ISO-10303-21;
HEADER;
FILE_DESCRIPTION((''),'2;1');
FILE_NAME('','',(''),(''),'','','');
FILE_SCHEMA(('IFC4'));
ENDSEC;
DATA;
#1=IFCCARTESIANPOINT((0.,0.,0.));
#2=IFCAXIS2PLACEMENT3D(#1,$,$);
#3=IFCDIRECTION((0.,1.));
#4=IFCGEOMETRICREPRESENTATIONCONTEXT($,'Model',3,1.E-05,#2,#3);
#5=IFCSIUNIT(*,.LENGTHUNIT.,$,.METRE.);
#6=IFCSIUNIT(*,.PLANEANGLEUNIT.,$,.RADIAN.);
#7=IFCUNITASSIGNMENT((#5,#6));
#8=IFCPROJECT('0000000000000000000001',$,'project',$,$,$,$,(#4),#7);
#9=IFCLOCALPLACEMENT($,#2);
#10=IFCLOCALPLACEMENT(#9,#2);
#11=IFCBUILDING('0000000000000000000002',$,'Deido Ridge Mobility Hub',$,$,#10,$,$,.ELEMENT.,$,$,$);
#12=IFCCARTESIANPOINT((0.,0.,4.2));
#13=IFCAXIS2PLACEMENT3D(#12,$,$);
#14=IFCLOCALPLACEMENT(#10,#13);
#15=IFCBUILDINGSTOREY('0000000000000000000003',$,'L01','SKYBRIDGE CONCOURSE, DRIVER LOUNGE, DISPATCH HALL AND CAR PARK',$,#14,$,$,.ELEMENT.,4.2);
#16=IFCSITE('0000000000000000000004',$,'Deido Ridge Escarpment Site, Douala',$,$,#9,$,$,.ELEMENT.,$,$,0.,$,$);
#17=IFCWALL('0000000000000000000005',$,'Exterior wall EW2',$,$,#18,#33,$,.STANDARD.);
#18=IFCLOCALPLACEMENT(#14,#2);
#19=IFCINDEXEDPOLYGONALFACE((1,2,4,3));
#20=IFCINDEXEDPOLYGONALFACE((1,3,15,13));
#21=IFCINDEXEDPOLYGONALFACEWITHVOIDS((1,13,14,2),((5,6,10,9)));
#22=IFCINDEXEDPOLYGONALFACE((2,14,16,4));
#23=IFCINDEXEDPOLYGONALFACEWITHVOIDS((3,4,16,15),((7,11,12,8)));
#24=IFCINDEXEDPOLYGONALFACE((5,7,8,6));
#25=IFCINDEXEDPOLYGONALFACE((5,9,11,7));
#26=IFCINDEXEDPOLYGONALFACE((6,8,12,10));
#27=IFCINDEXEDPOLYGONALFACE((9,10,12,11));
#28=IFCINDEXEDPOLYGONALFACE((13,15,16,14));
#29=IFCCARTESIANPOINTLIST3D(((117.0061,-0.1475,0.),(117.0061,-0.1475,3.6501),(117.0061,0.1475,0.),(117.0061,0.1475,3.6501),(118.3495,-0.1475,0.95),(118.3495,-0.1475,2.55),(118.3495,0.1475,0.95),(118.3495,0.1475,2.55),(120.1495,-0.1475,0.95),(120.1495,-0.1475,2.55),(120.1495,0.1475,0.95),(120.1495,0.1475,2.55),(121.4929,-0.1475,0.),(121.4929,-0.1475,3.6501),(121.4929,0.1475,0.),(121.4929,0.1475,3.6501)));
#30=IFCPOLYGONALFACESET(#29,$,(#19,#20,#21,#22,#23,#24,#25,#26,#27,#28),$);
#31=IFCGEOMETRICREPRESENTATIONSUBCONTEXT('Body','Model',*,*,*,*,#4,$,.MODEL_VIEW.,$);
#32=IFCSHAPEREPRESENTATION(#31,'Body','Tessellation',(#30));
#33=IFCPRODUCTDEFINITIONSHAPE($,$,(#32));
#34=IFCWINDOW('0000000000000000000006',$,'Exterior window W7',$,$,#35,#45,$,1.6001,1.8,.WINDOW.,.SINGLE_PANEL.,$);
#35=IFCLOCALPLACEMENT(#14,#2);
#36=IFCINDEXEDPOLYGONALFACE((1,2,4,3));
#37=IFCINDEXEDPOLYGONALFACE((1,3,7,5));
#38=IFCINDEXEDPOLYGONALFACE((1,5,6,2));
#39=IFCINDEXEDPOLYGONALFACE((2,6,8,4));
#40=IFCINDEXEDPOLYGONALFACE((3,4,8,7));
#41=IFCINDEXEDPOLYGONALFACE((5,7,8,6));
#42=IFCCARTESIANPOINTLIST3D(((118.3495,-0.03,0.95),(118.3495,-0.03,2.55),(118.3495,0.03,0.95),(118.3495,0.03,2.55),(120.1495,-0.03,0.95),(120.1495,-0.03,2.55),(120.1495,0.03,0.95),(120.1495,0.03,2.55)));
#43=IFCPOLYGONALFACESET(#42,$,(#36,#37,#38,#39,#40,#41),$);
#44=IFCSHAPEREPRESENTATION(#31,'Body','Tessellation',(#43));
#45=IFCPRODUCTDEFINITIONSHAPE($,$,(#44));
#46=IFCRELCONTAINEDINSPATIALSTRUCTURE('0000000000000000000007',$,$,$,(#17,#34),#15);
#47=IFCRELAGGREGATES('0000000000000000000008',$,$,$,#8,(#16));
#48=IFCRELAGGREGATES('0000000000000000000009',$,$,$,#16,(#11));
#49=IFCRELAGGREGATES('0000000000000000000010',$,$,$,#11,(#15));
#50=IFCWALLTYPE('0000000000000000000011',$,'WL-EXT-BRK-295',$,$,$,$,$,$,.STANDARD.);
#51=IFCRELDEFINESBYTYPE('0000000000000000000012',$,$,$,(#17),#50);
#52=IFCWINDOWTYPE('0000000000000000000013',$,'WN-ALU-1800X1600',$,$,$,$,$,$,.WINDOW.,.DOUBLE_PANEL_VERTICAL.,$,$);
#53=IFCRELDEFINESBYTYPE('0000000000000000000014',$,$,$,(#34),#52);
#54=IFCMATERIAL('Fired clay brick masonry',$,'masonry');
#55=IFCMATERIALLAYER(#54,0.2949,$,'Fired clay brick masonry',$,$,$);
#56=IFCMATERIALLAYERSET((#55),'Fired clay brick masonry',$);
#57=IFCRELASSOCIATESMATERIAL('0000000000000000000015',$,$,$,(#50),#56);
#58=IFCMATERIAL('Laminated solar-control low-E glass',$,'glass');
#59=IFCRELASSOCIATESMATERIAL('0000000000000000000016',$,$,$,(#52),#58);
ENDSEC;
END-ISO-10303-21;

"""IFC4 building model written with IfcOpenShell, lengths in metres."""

from ifc_helpers import new_model, si_unit, direction, frame, frame_2d, origin, place, context, subcontext, project, spatial, rectangle, extrude, material, layer, layer_set, type_object, element, fill, save


model = new_model("IFC4")

# Units and contexts
model_context = context("Model", 3, precision=1e-05, world=origin(), true_north=direction((0.0, 1.0)))
body_context = subcontext(model_context, "Body", "Model", "MODEL_VIEW")
ifc_project = project(units=[si_unit("LENGTHUNIT", "METRE"), si_unit("PLANEANGLEUNIT", "RADIAN")], contexts=[model_context])

# Site, building, storey
site_placement = place(None, origin())
site = spatial("IfcSite", under=ifc_project, at=site_placement, Name="Deido Ridge Escarpment Site, Douala", CompositionType="ELEMENT", RefElevation=0.0)
building_placement = place(site_placement, origin())
building = spatial("IfcBuilding", under=site, at=building_placement, Name="Deido Ridge Mobility Hub", CompositionType="ELEMENT")
storey_placement = place(building_placement, frame((0.0, 0.0, 4.2)))
storey = spatial("IfcBuildingStorey", under=building, at=storey_placement, Name="L01", Description="SKYBRIDGE CONCOURSE, DRIVER LOUNGE, DISPATCH HALL AND CAR PARK", CompositionType="ELEMENT", Elevation=4.2)

# Wall, opening, window
ifc_material_1 = material(Name="Laminated solar-control low-E glass", Category="glass")
ifc_material_2 = material(Name="Fired clay brick masonry", Category="masonry")
ifc_layer_1 = layer(ifc_material_2, 0.2949, Name="Fired clay brick masonry")
ifc_layer_set_1 = layer_set([ifc_layer_1], Name="Fired clay brick masonry")
wall_type_1 = type_object("IfcWallType", Name="WL-EXT-BRK-295", PredefinedType="STANDARD", material=ifc_layer_set_1)
wall_1_placement = place(storey_placement, frame((117.0061, 0.0, 0.0), z_axis=(0.0, 0.0, 1.0), x_axis=(1.0, 0.0, 0.0)))
wall_1 = element("IfcWall", 1, at=wall_1_placement, inside=storey, type_object=wall_type_1, Name="Exterior wall EW2", PredefinedType="STANDARD", context=body_context, shape_type="SweptSolid", body=[
    extrude(rectangle(XDim=4.4868, YDim=0.2949, at=frame_2d((2.2434, 0.0))), origin(), (0.0, 0.0, 1.0), 3.6501),
])
opening_1_placement = place(wall_1_placement, frame((1.3435, 0.0, 0.95)))
opening_1 = element("IfcOpeningElement", 2, at=opening_1_placement, cuts=wall_1, PredefinedType="OPENING", context=body_context, shape_type="SweptSolid", body=[
    extrude(rectangle(XDim=1.8, YDim=1.6001, at=frame_2d((0.8999, 0.8))), frame((0.0, 0.1575, 0.0), z_axis=(0.0, -1.0, 0.0), x_axis=(1.0, 0.0, 0.0)), (0.0, 0.0, 1.0), 0.3149),
])
window_type_1 = type_object("IfcWindowType", Name="WN-ALU-1800X1600", PartitioningType="DOUBLE_PANEL_VERTICAL", PredefinedType="WINDOW", material=ifc_material_1)
window_1_placement = place(opening_1_placement, origin())
window_1 = element("IfcWindow", 3, at=window_1_placement, inside=storey, type_object=window_type_1, Name="Exterior window W7", OverallHeight=1.6001, OverallWidth=1.8, PartitioningType="SINGLE_PANEL", PredefinedType="WINDOW", context=body_context, shape_type="SweptSolid", body=[
    extrude(rectangle(XDim=1.8, YDim=1.6001, at=frame_2d((0.8999, 0.8))), frame((0.0, 0.03, 0.0), z_axis=(0.0, -1.0, 0.0), x_axis=(1.0, 0.0, 0.0)), (0.0, 0.0, 1.0), 0.0601),
])
fill(opening_1, window_1)

save(model, "model.ifc")
